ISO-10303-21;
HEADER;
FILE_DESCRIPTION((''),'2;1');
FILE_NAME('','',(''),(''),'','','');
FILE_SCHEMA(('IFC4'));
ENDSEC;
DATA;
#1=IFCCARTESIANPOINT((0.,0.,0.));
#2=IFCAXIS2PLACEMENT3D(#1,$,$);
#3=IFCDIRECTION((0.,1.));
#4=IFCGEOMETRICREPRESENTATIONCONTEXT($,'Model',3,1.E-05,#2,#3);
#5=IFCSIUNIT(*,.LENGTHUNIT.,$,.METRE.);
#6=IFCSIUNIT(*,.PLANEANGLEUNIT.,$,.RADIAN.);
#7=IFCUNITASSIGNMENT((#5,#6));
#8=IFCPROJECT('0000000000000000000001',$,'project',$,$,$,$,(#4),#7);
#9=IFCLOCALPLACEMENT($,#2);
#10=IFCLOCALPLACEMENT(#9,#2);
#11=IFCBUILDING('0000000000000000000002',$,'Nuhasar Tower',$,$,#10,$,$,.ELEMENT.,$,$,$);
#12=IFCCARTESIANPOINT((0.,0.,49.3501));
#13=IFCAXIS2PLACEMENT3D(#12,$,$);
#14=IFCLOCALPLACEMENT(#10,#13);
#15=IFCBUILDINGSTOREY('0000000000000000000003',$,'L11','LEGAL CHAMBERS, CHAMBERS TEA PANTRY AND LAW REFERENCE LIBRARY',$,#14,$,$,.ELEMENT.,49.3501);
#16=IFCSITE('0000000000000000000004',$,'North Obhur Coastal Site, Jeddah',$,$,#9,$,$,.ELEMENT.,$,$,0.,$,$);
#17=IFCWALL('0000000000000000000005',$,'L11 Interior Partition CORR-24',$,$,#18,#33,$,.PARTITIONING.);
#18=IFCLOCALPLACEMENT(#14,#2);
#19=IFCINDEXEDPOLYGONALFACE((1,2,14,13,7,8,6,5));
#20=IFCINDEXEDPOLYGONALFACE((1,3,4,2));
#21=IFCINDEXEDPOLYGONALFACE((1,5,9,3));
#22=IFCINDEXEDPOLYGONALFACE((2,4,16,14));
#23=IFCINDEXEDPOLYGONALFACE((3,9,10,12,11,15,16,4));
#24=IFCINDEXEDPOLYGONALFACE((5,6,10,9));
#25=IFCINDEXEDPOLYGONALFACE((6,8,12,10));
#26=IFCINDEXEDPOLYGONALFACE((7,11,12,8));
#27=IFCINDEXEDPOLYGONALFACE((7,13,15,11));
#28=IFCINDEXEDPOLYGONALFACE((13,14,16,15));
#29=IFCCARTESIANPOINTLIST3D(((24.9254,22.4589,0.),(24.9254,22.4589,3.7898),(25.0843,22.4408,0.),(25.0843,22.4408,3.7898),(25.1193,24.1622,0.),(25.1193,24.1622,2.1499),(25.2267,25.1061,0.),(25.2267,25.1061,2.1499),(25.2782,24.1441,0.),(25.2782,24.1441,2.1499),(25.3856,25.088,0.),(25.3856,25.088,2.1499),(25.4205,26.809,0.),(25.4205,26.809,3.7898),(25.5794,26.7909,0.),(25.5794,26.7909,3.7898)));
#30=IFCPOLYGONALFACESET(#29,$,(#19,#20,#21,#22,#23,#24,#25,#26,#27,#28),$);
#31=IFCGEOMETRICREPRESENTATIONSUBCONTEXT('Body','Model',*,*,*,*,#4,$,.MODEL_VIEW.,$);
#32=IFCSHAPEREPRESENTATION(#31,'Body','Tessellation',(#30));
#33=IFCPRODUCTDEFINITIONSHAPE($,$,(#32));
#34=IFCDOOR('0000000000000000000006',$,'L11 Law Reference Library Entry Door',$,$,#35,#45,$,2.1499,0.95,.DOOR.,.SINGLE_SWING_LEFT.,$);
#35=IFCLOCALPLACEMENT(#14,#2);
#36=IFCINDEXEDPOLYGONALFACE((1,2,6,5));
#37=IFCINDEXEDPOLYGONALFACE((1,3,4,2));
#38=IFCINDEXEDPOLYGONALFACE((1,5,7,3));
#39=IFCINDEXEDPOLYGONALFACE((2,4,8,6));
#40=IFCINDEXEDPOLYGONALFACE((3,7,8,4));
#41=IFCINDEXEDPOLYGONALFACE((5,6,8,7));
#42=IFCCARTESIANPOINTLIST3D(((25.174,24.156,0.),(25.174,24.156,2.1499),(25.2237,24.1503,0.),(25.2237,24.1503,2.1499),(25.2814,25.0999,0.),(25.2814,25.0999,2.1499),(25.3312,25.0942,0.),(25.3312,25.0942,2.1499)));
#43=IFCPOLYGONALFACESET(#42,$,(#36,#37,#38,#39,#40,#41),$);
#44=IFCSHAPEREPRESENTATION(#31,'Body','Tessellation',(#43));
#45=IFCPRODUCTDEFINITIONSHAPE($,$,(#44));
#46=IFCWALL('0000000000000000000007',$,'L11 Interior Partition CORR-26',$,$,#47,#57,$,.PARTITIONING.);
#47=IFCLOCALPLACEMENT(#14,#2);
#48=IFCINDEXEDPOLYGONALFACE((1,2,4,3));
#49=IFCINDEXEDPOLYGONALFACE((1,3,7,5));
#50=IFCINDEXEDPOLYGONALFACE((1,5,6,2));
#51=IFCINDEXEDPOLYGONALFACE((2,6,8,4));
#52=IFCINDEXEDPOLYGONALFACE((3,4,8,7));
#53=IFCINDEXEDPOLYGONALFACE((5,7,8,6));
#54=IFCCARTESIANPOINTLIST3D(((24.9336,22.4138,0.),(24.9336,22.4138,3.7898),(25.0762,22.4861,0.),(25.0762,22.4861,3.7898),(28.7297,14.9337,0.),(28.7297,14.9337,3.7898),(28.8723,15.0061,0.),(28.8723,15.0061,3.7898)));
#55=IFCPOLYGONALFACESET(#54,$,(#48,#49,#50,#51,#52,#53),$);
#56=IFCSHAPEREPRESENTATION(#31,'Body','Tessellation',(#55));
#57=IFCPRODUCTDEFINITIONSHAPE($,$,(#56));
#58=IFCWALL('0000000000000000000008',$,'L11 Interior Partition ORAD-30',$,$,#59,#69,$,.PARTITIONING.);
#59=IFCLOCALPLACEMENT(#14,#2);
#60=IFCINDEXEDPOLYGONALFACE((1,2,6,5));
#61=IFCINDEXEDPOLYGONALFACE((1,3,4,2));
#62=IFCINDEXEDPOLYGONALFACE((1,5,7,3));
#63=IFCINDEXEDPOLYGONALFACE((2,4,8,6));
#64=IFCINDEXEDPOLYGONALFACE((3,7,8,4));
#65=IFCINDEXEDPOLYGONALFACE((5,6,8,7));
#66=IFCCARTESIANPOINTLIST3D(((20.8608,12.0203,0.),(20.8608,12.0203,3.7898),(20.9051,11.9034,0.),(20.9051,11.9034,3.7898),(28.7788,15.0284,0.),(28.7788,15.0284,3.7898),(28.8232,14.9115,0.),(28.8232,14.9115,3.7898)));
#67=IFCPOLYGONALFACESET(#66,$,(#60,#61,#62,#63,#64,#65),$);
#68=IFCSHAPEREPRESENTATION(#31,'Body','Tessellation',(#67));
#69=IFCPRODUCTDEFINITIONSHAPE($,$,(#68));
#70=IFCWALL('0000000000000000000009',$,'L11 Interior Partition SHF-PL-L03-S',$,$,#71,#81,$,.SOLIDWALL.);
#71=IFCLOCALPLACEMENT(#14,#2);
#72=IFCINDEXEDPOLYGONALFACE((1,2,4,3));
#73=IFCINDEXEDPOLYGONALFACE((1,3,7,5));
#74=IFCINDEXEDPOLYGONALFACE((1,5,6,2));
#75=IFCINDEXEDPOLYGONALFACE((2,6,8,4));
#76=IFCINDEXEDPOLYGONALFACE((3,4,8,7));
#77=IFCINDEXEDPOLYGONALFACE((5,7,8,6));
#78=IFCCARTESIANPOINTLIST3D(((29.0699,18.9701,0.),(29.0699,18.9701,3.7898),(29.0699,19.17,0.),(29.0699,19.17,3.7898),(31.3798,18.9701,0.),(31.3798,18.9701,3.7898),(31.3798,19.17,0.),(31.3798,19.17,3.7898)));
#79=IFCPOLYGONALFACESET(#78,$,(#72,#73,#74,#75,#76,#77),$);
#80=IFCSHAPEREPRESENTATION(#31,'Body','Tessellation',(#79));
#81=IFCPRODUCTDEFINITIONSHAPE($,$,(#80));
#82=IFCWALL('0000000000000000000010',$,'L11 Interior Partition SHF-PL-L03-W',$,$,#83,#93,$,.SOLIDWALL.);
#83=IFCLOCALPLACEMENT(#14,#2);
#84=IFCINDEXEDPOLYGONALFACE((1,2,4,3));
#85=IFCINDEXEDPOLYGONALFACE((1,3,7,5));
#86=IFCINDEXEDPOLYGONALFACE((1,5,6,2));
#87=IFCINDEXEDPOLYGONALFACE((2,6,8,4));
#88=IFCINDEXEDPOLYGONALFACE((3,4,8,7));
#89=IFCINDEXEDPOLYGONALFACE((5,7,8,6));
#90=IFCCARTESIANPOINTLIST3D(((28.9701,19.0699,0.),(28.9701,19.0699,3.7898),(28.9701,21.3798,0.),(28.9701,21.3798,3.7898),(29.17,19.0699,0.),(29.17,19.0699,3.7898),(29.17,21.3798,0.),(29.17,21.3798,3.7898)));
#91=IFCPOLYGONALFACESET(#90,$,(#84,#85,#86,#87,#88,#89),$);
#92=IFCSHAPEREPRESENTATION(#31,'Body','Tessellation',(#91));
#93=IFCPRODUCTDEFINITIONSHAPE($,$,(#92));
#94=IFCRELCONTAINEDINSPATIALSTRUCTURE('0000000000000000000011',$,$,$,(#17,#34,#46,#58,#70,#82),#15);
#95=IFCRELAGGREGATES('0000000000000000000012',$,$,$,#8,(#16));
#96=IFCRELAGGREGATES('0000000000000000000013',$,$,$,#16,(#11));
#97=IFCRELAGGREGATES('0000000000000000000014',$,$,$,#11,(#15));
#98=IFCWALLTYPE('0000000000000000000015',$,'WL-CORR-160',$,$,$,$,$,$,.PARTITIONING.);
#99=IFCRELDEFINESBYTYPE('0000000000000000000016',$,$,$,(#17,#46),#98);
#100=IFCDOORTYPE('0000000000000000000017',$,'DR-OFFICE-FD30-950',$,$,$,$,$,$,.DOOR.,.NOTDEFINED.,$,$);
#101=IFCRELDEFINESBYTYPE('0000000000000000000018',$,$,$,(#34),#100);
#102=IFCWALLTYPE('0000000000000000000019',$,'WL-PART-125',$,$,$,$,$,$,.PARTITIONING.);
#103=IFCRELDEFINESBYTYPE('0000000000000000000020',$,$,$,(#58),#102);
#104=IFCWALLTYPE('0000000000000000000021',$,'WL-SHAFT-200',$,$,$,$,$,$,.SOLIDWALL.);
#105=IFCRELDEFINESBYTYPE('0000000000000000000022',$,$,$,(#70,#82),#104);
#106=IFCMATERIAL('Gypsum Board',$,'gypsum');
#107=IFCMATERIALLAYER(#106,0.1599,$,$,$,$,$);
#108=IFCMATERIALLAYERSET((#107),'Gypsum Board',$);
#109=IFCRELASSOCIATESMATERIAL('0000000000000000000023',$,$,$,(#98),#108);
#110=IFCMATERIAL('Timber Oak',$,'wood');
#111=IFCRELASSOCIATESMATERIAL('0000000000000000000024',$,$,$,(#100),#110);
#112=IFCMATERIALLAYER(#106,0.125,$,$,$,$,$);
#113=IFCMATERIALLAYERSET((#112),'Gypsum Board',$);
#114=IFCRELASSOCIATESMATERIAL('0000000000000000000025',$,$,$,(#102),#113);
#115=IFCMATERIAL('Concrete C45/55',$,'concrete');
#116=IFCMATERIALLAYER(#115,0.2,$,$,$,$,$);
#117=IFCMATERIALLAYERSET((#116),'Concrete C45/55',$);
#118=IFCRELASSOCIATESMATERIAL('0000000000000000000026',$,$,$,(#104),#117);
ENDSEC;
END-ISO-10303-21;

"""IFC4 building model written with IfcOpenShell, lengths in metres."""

from ifc_helpers import new_model, si_unit, direction, frame, frame_2d, origin, place, context, subcontext, project, spatial, rectangle, extrude, material, layer, layer_set, type_object, element, fill, save


model = new_model("IFC4")

# Units and contexts
model_context = context("Model", 3, precision=1e-05, world=origin(), true_north=direction((0.0, 1.0)))
body_context = subcontext(model_context, "Body", "Model", "MODEL_VIEW")
ifc_project = project(units=[si_unit("LENGTHUNIT", "METRE"), si_unit("PLANEANGLEUNIT", "RADIAN")], contexts=[model_context])

# Site, building, storey
site_placement = place(None, origin())
site = spatial("IfcSite", under=ifc_project, at=site_placement, Name="North Obhur Coastal Site, Jeddah", CompositionType="ELEMENT", RefElevation=0.0)
building_placement = place(site_placement, origin())
building = spatial("IfcBuilding", under=site, at=building_placement, Name="Nuhasar Tower", CompositionType="ELEMENT")
storey_placement = place(building_placement, frame((0.0, 0.0, 49.3501)))
storey = spatial("IfcBuildingStorey", under=building, at=storey_placement, Name="L11", Description="LEGAL CHAMBERS, CHAMBERS TEA PANTRY AND LAW REFERENCE LIBRARY", CompositionType="ELEMENT", Elevation=49.3501)

# Wall, opening, door
ifc_material_1 = material(Name="Gypsum Board", Category="gypsum")
ifc_layer_1 = layer(ifc_material_1, 0.1599)
ifc_layer_set_1 = layer_set([ifc_layer_1], Name="Gypsum Board")
wall_type_1 = type_object("IfcWallType", Name="WL-CORR-160", PredefinedType="PARTITIONING", material=ifc_layer_set_1)
wall_1_placement = place(storey_placement, frame((25.0049, 22.45, 0.0), z_axis=(0.0, 0.0, 1.0), x_axis=(0.113087, 0.993585, 0.0)))
wall_1 = element("IfcWall", 1, at=wall_1_placement, inside=storey, type_object=wall_type_1, Name="L11 Interior Partition CORR-24", PredefinedType="PARTITIONING", context=body_context, shape_type="SweptSolid", body=[
    extrude(rectangle(XDim=4.3782, YDim=0.1599, at=frame_2d((2.189, 0.0))), origin(), (0.0, 0.0, 1.0), 3.7898),
])
opening_1_placement = place(wall_1_placement, frame((1.7141, 0.0, 0.0)))
opening_1 = element("IfcOpeningElement", 2, at=opening_1_placement, cuts=wall_1, PredefinedType="OPENING", context=body_context, shape_type="SweptSolid", body=[
    extrude(rectangle(XDim=0.95, YDim=2.1499, at=frame_2d((0.4751, 1.075))), frame((0.0, 0.0898, 0.0), z_axis=(0.0, -1.0, 0.0), x_axis=(1.0, 0.0, 0.0)), (0.0, 0.0, 1.0), 0.1799),
])
ifc_material_2 = material(Name="Timber Oak", Category="wood")
door_type_1 = type_object("IfcDoorType", Name="DR-OFFICE-FD30-950", OperationType="NOTDEFINED", PredefinedType="DOOR", material=ifc_material_2)
door_1_placement = place(opening_1_placement, origin())
door_1 = element("IfcDoor", 3, at=door_1_placement, inside=storey, type_object=door_type_1, Name="L11 Law Reference Library Entry Door", OperationType="SINGLE_SWING_LEFT", OverallHeight=2.1499, OverallWidth=0.95, PredefinedType="DOOR", context=body_context, shape_type="SweptSolid", body=[
    extrude(rectangle(XDim=0.95, YDim=2.1499, at=frame_2d((0.4751, 1.075))), frame((0.0, 0.0249, 0.0), z_axis=(0.0, -1.0, 0.0), x_axis=(1.0, 0.0, 0.0)), (0.0, 0.0, 1.0), 0.05),
])
fill(opening_1, door_1)

# Walls
wall_2_placement = place(storey_placement, frame((25.0049, 22.45, 0.0), z_axis=(0.0, 0.0, 1.0), x_axis=(0.452561, -0.891733, 0.0)))
element("IfcWall", 4, at=wall_2_placement, inside=storey, type_object=wall_type_1, Name="L11 Interior Partition CORR-26", PredefinedType="PARTITIONING", context=body_context, shape_type="SweptSolid", body=[
    extrude(rectangle(XDim=8.3882, YDim=0.1599, at=frame_2d((4.1941, 0.0))), origin(), (0.0, 0.0, 1.0), 3.7898),
])
ifc_layer_2 = layer(ifc_material_1, 0.125)
ifc_layer_set_2 = layer_set([ifc_layer_2], Name="Gypsum Board")
wall_type_2 = type_object("IfcWallType", Name="WL-PART-125", PredefinedType="PARTITIONING", material=ifc_layer_set_2)
wall_3_placement = place(storey_placement, frame((28.801, 14.97, 0.0), z_axis=(0.0, 0.0, 1.0), x_axis=(-0.934814, -0.355138, 0.0)))
element("IfcWall", 5, at=wall_3_placement, inside=storey, type_object=wall_type_2, Name="L11 Interior Partition ORAD-30", PredefinedType="PARTITIONING", context=body_context, shape_type="SweptSolid", body=[
    extrude(rectangle(XDim=8.4702, YDim=0.125, at=frame_2d((4.2351, 0.0))), origin(), (0.0, 0.0, 1.0), 3.7898),
])
ifc_material_3 = material(Name="Concrete C45/55", Category="concrete")
ifc_layer_3 = layer(ifc_material_3, 0.2)
ifc_layer_set_3 = layer_set([ifc_layer_3], Name="Concrete C45/55")
wall_type_3 = type_object("IfcWallType", Name="WL-SHAFT-200", PredefinedType="SOLIDWALL", material=ifc_layer_set_3)
wall_4_placement = place(storey_placement, frame((29.0701, 19.0701, 0.0), z_axis=(0.0, 0.0, 1.0), x_axis=(1.0, 0.0, 0.0)))
element("IfcWall", 6, at=wall_4_placement, inside=storey, type_object=wall_type_3, Name="L11 Interior Partition SHF-PL-L03-S", PredefinedType="SOLIDWALL", context=body_context, shape_type="SweptSolid", body=[
    extrude(rectangle(XDim=2.3098, YDim=0.2, at=frame_2d((1.1548, 0.0))), origin(), (0.0, 0.0, 1.0), 3.7898),
])

# Wall
wall_5_placement = place(storey_placement, frame((29.0701, 19.0701, 0.0), z_axis=(0.0, 0.0, 1.0), x_axis=(0.0, 1.0, 0.0)))
element("IfcWall", 7, at=wall_5_placement, inside=storey, type_object=wall_type_3, Name="L11 Interior Partition SHF-PL-L03-W", PredefinedType="SOLIDWALL", context=body_context, shape_type="SweptSolid", body=[
    extrude(rectangle(XDim=2.3098, YDim=0.2, at=frame_2d((1.1548, 0.0))), origin(), (0.0, 0.0, 1.0), 3.7898),
])

save(model, "model.ifc")
